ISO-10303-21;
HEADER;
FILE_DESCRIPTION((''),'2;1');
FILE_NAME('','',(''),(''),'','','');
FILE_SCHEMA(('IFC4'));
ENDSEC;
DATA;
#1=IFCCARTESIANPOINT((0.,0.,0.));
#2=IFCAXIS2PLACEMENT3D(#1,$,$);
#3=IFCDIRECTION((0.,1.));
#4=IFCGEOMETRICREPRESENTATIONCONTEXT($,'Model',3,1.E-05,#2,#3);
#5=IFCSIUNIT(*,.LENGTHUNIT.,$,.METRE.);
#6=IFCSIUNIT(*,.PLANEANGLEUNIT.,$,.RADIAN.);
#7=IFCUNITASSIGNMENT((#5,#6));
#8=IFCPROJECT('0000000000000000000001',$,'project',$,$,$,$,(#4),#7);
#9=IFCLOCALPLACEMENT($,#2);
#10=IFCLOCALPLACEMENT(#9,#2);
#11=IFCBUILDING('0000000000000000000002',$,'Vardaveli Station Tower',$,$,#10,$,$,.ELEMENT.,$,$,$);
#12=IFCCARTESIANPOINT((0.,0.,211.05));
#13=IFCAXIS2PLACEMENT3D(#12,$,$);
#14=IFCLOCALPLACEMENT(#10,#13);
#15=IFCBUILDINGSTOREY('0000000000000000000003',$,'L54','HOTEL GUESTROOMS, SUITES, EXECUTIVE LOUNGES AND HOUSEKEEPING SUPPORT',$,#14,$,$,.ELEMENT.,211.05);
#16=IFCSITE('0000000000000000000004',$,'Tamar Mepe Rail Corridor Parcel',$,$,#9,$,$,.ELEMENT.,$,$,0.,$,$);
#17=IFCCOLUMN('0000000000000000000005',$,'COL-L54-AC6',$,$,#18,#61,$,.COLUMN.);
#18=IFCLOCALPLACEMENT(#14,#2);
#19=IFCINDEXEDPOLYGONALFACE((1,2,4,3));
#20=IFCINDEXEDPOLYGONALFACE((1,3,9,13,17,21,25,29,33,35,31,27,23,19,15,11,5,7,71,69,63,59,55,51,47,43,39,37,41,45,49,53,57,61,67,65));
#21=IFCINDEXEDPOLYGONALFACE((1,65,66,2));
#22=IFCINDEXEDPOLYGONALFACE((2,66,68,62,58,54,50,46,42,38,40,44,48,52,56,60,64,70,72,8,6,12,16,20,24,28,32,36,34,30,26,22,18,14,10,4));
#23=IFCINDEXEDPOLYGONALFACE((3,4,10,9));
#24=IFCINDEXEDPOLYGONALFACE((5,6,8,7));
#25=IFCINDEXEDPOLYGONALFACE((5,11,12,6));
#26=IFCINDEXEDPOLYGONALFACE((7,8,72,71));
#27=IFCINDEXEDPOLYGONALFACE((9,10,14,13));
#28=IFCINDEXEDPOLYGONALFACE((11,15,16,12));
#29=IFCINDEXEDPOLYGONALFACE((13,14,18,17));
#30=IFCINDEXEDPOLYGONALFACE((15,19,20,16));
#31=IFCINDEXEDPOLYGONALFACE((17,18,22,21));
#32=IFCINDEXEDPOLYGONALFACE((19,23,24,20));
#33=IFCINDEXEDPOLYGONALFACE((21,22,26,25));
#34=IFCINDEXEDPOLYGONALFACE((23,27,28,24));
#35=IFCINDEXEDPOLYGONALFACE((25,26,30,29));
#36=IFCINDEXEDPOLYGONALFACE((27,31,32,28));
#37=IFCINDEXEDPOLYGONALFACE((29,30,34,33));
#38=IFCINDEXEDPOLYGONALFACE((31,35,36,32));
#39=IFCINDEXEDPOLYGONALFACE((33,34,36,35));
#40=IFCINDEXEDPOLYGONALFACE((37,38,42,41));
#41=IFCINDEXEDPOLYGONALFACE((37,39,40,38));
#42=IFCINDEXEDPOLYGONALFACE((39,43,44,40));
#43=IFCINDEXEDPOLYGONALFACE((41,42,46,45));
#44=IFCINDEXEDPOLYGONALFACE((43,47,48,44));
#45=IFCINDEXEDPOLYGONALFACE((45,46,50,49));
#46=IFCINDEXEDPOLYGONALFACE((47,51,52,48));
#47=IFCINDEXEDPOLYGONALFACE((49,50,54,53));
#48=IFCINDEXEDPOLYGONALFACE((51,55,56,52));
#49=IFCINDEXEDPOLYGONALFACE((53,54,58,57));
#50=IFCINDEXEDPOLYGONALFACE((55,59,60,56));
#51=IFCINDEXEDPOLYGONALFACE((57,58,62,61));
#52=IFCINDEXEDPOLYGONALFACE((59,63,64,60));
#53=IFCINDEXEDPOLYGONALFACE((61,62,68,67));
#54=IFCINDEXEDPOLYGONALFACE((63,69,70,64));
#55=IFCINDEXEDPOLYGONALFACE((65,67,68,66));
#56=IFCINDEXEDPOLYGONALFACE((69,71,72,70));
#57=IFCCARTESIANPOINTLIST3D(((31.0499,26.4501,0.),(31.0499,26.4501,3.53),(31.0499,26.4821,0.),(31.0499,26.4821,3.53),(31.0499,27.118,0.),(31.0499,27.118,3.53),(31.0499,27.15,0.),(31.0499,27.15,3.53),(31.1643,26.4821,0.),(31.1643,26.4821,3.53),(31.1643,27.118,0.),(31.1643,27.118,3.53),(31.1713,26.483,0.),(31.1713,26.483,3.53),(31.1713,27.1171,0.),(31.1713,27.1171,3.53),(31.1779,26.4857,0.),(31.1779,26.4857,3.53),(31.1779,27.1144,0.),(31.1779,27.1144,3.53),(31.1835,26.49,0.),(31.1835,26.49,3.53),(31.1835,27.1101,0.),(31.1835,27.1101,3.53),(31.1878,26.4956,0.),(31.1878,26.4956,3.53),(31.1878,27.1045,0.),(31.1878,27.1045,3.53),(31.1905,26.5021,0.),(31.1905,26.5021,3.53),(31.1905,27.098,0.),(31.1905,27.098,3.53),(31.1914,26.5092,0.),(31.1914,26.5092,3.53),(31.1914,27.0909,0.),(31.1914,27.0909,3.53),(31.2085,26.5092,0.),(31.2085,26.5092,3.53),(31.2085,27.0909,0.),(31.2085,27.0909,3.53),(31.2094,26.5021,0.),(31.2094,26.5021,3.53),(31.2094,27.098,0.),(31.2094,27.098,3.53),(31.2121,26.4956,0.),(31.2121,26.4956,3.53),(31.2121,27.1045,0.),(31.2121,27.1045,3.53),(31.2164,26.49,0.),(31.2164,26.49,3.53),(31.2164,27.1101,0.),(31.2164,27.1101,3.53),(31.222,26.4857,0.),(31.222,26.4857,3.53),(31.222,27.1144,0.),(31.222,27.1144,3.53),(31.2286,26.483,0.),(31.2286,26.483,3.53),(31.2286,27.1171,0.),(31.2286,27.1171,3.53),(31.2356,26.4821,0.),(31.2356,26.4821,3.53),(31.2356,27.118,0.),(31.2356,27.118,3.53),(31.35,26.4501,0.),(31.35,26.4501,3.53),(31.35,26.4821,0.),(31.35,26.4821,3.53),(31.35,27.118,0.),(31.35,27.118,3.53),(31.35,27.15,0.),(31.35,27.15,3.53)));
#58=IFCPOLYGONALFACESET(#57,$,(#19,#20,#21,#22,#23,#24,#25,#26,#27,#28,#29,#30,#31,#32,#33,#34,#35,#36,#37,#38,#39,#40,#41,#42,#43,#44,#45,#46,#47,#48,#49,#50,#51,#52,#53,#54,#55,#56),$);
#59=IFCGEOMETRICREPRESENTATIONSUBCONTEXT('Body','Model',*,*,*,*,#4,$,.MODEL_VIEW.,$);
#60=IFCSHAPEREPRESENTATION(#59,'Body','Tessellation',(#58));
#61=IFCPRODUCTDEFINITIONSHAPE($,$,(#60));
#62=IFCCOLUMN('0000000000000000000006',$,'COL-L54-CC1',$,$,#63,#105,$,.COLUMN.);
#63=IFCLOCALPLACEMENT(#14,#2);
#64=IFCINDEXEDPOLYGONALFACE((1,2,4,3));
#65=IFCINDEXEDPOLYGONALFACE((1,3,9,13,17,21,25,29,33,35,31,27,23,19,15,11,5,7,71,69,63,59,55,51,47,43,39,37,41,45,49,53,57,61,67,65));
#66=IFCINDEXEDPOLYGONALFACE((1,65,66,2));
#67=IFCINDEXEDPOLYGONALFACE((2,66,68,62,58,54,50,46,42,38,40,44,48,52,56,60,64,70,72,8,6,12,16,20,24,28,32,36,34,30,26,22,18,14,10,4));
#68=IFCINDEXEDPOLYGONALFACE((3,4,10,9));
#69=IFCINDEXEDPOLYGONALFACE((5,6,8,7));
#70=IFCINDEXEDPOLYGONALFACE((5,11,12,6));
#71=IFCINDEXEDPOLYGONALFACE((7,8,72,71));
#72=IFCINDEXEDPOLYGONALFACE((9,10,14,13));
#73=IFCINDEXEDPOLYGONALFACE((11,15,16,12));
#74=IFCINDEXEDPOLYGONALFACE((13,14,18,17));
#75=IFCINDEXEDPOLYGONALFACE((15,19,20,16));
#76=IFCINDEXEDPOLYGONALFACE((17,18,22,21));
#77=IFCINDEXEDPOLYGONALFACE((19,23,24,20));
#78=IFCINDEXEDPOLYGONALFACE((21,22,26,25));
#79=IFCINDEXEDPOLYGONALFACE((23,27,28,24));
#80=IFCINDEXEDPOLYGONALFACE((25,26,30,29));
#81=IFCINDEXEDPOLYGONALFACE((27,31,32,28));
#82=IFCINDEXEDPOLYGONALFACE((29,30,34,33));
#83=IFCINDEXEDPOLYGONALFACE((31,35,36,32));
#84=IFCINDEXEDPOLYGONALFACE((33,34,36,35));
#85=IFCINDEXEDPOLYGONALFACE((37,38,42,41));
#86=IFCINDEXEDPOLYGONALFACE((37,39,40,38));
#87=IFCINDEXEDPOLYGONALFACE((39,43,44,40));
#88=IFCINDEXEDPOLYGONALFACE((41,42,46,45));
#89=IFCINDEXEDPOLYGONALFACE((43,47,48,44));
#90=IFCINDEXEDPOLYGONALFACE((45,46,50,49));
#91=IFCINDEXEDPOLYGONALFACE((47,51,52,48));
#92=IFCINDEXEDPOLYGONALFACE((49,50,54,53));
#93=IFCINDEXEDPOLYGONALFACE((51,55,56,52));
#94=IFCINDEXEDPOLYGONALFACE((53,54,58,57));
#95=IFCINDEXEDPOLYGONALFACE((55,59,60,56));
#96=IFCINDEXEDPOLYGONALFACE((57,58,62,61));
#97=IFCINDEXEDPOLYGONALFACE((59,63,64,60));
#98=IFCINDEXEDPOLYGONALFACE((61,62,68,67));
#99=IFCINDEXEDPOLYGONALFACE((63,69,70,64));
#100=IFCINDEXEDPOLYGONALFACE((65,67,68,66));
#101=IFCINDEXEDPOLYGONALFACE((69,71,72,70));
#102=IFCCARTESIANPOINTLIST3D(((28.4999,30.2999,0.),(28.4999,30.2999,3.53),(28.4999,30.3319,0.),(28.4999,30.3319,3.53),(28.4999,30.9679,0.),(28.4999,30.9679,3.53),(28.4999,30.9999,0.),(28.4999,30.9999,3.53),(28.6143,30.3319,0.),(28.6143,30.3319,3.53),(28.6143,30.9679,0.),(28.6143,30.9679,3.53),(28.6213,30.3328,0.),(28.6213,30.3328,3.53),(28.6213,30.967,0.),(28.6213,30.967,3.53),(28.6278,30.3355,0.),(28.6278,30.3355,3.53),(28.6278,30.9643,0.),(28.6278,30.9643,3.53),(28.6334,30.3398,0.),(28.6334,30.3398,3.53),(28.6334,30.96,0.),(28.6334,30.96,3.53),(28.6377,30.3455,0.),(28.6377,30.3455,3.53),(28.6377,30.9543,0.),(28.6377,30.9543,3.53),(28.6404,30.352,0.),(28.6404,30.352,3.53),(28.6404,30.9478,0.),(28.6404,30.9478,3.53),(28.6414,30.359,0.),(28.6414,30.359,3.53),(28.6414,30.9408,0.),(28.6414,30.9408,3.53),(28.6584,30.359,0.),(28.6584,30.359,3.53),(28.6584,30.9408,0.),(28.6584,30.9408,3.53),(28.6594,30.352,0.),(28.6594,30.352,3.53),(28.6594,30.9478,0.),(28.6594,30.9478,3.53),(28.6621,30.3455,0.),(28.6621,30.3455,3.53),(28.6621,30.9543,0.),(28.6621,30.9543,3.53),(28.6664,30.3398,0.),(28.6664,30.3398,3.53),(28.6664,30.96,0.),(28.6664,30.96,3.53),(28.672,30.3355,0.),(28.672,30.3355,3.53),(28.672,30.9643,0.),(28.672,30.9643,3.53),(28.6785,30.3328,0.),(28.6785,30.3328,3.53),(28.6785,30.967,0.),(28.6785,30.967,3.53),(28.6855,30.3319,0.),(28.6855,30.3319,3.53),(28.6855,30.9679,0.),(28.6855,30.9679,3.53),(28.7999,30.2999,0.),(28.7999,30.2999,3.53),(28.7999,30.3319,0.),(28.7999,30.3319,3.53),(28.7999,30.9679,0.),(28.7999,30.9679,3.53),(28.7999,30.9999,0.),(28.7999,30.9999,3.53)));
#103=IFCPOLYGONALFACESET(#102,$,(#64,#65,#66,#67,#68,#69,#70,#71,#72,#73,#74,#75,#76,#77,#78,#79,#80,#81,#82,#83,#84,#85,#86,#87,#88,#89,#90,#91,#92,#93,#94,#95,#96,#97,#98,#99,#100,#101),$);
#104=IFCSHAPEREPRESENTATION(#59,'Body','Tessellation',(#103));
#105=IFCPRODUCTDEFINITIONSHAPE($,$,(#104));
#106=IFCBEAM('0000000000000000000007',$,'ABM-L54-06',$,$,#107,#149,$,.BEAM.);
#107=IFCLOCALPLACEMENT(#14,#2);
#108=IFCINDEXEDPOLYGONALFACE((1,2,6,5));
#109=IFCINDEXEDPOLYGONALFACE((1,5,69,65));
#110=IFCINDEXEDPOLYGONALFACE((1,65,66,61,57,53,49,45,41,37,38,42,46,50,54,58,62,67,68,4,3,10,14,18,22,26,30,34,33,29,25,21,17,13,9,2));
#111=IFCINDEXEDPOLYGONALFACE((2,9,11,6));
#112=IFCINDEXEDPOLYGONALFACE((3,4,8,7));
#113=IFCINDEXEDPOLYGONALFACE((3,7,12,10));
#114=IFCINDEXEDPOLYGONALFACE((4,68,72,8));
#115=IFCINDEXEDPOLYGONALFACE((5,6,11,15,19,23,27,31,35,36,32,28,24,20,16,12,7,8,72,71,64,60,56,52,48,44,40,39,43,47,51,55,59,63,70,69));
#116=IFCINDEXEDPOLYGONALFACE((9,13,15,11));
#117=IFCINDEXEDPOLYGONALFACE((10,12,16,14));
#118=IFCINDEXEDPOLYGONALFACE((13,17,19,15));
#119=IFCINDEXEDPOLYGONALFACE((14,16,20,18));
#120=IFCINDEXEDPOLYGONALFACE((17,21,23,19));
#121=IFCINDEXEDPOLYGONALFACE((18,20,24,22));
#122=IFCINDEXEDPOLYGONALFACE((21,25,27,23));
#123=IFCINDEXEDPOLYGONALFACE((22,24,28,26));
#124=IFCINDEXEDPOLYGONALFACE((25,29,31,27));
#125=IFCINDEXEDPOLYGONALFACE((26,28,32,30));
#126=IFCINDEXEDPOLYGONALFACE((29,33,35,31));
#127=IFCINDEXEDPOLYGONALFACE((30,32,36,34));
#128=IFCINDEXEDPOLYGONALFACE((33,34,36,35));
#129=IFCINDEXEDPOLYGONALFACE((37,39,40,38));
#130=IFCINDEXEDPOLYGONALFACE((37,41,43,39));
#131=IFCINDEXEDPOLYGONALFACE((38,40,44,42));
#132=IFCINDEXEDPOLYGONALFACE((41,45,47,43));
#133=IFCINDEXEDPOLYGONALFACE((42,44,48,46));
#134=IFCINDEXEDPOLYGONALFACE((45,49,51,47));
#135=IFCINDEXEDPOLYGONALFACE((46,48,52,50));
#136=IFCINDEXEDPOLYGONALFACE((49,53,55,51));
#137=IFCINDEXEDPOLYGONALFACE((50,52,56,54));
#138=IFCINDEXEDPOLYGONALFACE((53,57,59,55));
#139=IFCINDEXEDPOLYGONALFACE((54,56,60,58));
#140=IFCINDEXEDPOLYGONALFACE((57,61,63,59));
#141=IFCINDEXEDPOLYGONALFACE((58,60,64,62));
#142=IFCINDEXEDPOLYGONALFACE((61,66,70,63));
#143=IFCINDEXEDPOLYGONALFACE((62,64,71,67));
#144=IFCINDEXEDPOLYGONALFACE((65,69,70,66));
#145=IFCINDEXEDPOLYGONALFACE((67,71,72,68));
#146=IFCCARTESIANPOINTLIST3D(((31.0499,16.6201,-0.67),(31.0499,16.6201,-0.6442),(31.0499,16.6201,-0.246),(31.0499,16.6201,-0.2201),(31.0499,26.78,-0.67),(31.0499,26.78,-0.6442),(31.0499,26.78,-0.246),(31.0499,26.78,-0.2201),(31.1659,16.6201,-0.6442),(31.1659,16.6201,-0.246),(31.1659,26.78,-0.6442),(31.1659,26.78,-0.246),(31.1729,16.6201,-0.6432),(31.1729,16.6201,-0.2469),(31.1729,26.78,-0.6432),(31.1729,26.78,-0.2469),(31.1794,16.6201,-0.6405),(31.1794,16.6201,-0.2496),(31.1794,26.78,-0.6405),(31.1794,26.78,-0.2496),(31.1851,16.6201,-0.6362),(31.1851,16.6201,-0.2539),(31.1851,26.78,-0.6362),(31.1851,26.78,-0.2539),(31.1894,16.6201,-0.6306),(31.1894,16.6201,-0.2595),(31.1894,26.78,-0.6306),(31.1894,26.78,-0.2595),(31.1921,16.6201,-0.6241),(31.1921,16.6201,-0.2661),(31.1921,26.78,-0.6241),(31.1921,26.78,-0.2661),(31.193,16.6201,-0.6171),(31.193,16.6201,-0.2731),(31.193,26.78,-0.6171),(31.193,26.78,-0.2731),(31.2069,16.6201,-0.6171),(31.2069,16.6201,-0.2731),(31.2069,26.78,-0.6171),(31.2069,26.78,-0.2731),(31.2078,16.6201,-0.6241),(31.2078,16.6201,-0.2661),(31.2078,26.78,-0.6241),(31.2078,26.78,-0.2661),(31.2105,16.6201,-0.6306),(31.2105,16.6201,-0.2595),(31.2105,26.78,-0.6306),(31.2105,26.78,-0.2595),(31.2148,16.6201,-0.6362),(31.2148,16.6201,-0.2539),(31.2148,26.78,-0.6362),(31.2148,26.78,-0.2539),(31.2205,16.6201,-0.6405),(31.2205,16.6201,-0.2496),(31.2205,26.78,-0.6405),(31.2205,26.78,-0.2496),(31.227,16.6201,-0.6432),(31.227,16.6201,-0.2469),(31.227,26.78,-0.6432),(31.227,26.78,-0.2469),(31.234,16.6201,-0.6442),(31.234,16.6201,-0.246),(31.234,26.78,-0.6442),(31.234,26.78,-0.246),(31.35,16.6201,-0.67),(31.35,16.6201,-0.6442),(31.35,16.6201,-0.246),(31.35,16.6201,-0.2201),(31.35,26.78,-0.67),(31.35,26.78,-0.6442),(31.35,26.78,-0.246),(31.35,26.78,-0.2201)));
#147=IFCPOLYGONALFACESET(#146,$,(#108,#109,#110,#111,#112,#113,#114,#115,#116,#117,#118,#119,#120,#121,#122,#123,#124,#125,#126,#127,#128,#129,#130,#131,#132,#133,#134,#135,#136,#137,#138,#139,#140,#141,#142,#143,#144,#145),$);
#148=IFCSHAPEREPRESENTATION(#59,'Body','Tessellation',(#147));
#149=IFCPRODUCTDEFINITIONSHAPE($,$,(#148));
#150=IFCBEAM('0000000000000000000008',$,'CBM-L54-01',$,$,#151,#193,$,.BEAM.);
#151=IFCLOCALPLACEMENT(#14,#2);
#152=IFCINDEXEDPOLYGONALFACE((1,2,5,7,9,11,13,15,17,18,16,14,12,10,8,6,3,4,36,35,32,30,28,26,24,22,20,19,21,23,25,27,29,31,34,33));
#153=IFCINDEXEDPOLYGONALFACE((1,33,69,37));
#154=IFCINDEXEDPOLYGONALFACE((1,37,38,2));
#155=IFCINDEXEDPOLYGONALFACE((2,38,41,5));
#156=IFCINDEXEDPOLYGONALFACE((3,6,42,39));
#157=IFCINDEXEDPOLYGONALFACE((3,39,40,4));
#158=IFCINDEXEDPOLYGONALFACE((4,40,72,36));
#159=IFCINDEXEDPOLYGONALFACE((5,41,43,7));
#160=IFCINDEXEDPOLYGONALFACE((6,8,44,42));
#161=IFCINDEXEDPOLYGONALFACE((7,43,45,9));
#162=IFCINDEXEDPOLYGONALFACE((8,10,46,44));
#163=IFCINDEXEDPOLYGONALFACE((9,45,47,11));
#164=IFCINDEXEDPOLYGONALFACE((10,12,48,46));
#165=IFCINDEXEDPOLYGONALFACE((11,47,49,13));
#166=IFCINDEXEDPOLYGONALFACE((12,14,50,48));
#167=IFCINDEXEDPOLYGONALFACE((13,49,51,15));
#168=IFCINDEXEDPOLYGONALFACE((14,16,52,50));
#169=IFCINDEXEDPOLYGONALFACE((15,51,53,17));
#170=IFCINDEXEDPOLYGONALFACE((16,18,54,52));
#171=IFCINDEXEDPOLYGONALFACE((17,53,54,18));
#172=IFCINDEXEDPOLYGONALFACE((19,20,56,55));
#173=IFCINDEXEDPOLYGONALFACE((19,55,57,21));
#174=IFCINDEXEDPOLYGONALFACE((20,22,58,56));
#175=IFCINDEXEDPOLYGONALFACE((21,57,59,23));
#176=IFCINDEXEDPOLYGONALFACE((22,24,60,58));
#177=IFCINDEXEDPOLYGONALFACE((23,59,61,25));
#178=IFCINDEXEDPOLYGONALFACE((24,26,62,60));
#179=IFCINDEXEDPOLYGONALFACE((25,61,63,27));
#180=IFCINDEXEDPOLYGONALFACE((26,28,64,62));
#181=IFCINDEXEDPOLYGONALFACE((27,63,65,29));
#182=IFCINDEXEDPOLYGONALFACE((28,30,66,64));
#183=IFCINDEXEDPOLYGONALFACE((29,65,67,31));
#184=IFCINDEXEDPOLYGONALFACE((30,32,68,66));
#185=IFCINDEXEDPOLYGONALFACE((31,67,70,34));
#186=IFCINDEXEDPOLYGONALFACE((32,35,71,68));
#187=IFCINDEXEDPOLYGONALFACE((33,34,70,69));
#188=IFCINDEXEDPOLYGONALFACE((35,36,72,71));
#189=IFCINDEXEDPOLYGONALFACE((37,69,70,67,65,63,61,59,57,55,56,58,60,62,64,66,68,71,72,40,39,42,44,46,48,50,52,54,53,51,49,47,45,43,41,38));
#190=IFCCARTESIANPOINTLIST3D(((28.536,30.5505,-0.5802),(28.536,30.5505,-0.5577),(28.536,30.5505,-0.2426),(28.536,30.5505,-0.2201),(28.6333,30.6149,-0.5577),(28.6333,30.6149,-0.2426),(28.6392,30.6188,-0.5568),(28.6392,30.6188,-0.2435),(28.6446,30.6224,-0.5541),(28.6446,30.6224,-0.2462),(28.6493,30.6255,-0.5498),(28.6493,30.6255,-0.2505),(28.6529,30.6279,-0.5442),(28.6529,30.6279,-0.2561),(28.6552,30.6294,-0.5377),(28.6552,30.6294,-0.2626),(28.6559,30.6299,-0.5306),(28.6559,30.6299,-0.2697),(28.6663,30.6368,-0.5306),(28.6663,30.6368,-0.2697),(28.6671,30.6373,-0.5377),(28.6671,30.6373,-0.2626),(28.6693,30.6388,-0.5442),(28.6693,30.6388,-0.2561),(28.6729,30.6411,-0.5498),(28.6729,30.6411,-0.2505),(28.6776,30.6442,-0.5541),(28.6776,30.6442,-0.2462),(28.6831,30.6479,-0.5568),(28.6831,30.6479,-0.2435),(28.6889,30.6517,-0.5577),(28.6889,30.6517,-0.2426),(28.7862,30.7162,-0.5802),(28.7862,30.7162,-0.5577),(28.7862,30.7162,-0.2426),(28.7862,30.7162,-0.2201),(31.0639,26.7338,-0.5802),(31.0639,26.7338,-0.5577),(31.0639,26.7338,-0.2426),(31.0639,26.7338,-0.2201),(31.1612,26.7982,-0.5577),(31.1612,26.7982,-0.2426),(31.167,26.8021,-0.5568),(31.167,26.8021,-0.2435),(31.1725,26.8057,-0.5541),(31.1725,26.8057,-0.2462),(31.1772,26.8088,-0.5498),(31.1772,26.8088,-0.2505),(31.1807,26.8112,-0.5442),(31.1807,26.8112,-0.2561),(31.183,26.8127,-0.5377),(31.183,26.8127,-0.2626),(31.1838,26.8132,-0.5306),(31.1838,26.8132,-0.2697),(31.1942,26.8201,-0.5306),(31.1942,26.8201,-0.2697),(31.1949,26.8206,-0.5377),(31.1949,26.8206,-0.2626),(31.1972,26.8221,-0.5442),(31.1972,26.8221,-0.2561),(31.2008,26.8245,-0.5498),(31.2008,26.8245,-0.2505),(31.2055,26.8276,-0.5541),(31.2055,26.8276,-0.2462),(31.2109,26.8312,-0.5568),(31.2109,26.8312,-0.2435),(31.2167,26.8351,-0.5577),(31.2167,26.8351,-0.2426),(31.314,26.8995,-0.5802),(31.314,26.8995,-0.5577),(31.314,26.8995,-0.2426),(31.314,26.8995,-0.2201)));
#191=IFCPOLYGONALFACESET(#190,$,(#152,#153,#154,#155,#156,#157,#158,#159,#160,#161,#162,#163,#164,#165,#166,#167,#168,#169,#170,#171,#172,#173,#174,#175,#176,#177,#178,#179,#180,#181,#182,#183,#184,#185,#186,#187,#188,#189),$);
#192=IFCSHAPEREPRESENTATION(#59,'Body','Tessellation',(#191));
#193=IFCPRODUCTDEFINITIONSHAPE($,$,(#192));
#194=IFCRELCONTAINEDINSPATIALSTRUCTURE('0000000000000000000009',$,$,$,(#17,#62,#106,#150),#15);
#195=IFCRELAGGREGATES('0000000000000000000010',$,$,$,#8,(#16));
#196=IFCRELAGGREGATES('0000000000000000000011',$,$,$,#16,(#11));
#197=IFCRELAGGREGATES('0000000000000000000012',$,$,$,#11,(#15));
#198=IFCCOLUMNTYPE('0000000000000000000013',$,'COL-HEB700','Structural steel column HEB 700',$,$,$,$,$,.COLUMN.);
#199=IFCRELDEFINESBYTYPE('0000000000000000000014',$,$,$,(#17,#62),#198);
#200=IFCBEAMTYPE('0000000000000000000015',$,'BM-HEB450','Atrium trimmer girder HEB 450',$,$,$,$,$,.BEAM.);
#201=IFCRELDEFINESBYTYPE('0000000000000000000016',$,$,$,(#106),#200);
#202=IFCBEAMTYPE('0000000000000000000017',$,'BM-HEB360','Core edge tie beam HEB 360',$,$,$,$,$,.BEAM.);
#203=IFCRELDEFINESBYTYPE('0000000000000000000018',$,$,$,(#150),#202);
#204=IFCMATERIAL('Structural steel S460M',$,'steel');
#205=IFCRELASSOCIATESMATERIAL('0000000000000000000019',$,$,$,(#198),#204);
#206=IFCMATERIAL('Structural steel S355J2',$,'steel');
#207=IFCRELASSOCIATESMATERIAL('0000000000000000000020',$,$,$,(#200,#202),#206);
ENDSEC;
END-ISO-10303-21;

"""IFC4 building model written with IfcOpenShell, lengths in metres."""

from ifc_helpers import new_model, si_unit, direction, frame, origin, origin_2d, place, context, subcontext, project, spatial, i_section, extrude, source, transform, mapped, material, material_profile, profile_set, type_object, element, save


model = new_model("IFC4")

# Units and contexts
model_context = context("Model", 3, precision=1e-05, world=origin(), true_north=direction((0.0, 1.0)))
body_context = subcontext(model_context, "Body", "Model", "MODEL_VIEW")
ifc_project = project(units=[si_unit("LENGTHUNIT", "METRE"), si_unit("PLANEANGLEUNIT", "RADIAN")], contexts=[model_context])

# Site, building, storey
site_placement = place(None, origin())
site = spatial("IfcSite", under=ifc_project, at=site_placement, Name="Tamar Mepe Rail Corridor Parcel", CompositionType="ELEMENT", RefElevation=0.0)
building_placement = place(site_placement, origin())
building = spatial("IfcBuilding", under=site, at=building_placement, Name="Vardaveli Station Tower", CompositionType="ELEMENT")
storey_placement = place(building_placement, frame((0.0, 0.0, 211.05)))
storey = spatial("IfcBuildingStorey", under=building, at=storey_placement, Name="L54", Description="HOTEL GUESTROOMS, SUITES, EXECUTIVE LOUNGES AND HOUSEKEEPING SUPPORT", CompositionType="ELEMENT", Elevation=211.05)

# Columns
ifc_material_1 = material(Name="Structural steel S460M", Category="steel")
ifc_material_profile_1 = material_profile(ifc_material_1, i_section(OverallWidth=0.3, OverallDepth=0.7, WebThickness=0.0171, FlangeThickness=0.032, FilletRadius=0.0271, at=origin_2d()), Name="HEB 700")
ifc_profile_set_1 = profile_set([ifc_material_profile_1], Name="Structural steel S460M")
column_type = type_object("IfcColumnType", Name="COL-HEB700", Description="Structural steel column HEB 700", PredefinedType="COLUMN", material=ifc_profile_set_1)
shared_shape_1 = source(origin(), body_context, "Body", "SweptSolid", [
    extrude(i_section(OverallWidth=0.3, OverallDepth=0.7, WebThickness=0.0171, FlangeThickness=0.032, FilletRadius=0.0271, at=origin_2d()), origin(), (0.0, 0.0, 1.0), 3.53),
])
for number, where, z_axis, x_axis, name in (
    (1, (31.2, 26.8, 0.0), (0.0, 0.0, 1.0), (1.0, 0.0, 0.0), "COL-L54-AC6"),
    (2, (28.6499, 30.6499, 0.0), (0.0, 0.0, 1.0), (1.0, 0.0, 0.0), "COL-L54-CC1"),
):
    element("IfcColumn", number, at=place(storey_placement, frame(where, z_axis=z_axis, x_axis=x_axis)), inside=storey, type_object=column_type, Name=name, PredefinedType="COLUMN", context=body_context, shape_type="MappedRepresentation", body=[
        mapped(shared_shape_1, transform((0.0, 0.0, 0.0), scale=1.0)),
    ])

# Beams
ifc_material_2 = material(Name="Structural steel S355J2", Category="steel")
ifc_material_profile_2 = material_profile(ifc_material_2, i_section(OverallWidth=0.3, OverallDepth=0.45, WebThickness=0.0139, FlangeThickness=0.0259, FilletRadius=0.0271, at=origin_2d()), Name="HEB 450")
ifc_profile_set_2 = profile_set([ifc_material_profile_2], Name="Structural steel S355J2")
beam_type_1 = type_object("IfcBeamType", Name="BM-HEB450", Description="Atrium trimmer girder HEB 450", PredefinedType="BEAM", material=ifc_profile_set_2)
shared_shape_2 = source(origin(), body_context, "Body", "SweptSolid", [
    extrude(i_section(OverallWidth=0.3, OverallDepth=0.45, WebThickness=0.0139, FlangeThickness=0.0259, FilletRadius=0.0271, at=origin_2d()), origin(), (0.0, 0.0, 1.0), 10.1599),
])
beam_1_placement = place(storey_placement, frame((31.2, 26.78, -0.4451), z_axis=(0.0, -1.0, 0.0), x_axis=(1.0, 0.0, 0.0)))
element("IfcBeam", 3, at=beam_1_placement, inside=storey, type_object=beam_type_1, Name="ABM-L54-06", PredefinedType="BEAM", context=body_context, shape_type="MappedRepresentation", body=[
    mapped(shared_shape_2, transform((0.0, 0.0, 0.0), scale=1.0)),
])
ifc_material_profile_3 = material_profile(ifc_material_2, i_section(OverallWidth=0.3, OverallDepth=0.3601, WebThickness=0.0125, FlangeThickness=0.0225, FilletRadius=0.0271, at=origin_2d()), Name="HEB 360")
ifc_profile_set_3 = profile_set([ifc_material_profile_3], Name="Structural steel S355J2")
beam_type_2 = type_object("IfcBeamType", Name="BM-HEB360", Description="Core edge tie beam HEB 360", PredefinedType="BEAM", material=ifc_profile_set_3)
shared_shape_3 = source(origin(), body_context, "Body", "SweptSolid", [
    extrude(i_section(OverallWidth=0.3, OverallDepth=0.3601, WebThickness=0.0125, FlangeThickness=0.0225, FilletRadius=0.0271, at=origin_2d()), origin(), (0.0, 0.0, 1.0), 4.5779),
])
beam_2_placement = place(storey_placement, frame((31.189, 26.8167, -0.4001), z_axis=(-0.552187, 0.83372, 0.0), x_axis=(-0.83372, -0.552187, 0.0)))
element("IfcBeam", 4, at=beam_2_placement, inside=storey, type_object=beam_type_2, Name="CBM-L54-01", PredefinedType="BEAM", context=body_context, shape_type="MappedRepresentation", body=[
    mapped(shared_shape_3, transform((0.0, 0.0, 0.0), scale=1.0)),
])

save(model, "model.ifc")
